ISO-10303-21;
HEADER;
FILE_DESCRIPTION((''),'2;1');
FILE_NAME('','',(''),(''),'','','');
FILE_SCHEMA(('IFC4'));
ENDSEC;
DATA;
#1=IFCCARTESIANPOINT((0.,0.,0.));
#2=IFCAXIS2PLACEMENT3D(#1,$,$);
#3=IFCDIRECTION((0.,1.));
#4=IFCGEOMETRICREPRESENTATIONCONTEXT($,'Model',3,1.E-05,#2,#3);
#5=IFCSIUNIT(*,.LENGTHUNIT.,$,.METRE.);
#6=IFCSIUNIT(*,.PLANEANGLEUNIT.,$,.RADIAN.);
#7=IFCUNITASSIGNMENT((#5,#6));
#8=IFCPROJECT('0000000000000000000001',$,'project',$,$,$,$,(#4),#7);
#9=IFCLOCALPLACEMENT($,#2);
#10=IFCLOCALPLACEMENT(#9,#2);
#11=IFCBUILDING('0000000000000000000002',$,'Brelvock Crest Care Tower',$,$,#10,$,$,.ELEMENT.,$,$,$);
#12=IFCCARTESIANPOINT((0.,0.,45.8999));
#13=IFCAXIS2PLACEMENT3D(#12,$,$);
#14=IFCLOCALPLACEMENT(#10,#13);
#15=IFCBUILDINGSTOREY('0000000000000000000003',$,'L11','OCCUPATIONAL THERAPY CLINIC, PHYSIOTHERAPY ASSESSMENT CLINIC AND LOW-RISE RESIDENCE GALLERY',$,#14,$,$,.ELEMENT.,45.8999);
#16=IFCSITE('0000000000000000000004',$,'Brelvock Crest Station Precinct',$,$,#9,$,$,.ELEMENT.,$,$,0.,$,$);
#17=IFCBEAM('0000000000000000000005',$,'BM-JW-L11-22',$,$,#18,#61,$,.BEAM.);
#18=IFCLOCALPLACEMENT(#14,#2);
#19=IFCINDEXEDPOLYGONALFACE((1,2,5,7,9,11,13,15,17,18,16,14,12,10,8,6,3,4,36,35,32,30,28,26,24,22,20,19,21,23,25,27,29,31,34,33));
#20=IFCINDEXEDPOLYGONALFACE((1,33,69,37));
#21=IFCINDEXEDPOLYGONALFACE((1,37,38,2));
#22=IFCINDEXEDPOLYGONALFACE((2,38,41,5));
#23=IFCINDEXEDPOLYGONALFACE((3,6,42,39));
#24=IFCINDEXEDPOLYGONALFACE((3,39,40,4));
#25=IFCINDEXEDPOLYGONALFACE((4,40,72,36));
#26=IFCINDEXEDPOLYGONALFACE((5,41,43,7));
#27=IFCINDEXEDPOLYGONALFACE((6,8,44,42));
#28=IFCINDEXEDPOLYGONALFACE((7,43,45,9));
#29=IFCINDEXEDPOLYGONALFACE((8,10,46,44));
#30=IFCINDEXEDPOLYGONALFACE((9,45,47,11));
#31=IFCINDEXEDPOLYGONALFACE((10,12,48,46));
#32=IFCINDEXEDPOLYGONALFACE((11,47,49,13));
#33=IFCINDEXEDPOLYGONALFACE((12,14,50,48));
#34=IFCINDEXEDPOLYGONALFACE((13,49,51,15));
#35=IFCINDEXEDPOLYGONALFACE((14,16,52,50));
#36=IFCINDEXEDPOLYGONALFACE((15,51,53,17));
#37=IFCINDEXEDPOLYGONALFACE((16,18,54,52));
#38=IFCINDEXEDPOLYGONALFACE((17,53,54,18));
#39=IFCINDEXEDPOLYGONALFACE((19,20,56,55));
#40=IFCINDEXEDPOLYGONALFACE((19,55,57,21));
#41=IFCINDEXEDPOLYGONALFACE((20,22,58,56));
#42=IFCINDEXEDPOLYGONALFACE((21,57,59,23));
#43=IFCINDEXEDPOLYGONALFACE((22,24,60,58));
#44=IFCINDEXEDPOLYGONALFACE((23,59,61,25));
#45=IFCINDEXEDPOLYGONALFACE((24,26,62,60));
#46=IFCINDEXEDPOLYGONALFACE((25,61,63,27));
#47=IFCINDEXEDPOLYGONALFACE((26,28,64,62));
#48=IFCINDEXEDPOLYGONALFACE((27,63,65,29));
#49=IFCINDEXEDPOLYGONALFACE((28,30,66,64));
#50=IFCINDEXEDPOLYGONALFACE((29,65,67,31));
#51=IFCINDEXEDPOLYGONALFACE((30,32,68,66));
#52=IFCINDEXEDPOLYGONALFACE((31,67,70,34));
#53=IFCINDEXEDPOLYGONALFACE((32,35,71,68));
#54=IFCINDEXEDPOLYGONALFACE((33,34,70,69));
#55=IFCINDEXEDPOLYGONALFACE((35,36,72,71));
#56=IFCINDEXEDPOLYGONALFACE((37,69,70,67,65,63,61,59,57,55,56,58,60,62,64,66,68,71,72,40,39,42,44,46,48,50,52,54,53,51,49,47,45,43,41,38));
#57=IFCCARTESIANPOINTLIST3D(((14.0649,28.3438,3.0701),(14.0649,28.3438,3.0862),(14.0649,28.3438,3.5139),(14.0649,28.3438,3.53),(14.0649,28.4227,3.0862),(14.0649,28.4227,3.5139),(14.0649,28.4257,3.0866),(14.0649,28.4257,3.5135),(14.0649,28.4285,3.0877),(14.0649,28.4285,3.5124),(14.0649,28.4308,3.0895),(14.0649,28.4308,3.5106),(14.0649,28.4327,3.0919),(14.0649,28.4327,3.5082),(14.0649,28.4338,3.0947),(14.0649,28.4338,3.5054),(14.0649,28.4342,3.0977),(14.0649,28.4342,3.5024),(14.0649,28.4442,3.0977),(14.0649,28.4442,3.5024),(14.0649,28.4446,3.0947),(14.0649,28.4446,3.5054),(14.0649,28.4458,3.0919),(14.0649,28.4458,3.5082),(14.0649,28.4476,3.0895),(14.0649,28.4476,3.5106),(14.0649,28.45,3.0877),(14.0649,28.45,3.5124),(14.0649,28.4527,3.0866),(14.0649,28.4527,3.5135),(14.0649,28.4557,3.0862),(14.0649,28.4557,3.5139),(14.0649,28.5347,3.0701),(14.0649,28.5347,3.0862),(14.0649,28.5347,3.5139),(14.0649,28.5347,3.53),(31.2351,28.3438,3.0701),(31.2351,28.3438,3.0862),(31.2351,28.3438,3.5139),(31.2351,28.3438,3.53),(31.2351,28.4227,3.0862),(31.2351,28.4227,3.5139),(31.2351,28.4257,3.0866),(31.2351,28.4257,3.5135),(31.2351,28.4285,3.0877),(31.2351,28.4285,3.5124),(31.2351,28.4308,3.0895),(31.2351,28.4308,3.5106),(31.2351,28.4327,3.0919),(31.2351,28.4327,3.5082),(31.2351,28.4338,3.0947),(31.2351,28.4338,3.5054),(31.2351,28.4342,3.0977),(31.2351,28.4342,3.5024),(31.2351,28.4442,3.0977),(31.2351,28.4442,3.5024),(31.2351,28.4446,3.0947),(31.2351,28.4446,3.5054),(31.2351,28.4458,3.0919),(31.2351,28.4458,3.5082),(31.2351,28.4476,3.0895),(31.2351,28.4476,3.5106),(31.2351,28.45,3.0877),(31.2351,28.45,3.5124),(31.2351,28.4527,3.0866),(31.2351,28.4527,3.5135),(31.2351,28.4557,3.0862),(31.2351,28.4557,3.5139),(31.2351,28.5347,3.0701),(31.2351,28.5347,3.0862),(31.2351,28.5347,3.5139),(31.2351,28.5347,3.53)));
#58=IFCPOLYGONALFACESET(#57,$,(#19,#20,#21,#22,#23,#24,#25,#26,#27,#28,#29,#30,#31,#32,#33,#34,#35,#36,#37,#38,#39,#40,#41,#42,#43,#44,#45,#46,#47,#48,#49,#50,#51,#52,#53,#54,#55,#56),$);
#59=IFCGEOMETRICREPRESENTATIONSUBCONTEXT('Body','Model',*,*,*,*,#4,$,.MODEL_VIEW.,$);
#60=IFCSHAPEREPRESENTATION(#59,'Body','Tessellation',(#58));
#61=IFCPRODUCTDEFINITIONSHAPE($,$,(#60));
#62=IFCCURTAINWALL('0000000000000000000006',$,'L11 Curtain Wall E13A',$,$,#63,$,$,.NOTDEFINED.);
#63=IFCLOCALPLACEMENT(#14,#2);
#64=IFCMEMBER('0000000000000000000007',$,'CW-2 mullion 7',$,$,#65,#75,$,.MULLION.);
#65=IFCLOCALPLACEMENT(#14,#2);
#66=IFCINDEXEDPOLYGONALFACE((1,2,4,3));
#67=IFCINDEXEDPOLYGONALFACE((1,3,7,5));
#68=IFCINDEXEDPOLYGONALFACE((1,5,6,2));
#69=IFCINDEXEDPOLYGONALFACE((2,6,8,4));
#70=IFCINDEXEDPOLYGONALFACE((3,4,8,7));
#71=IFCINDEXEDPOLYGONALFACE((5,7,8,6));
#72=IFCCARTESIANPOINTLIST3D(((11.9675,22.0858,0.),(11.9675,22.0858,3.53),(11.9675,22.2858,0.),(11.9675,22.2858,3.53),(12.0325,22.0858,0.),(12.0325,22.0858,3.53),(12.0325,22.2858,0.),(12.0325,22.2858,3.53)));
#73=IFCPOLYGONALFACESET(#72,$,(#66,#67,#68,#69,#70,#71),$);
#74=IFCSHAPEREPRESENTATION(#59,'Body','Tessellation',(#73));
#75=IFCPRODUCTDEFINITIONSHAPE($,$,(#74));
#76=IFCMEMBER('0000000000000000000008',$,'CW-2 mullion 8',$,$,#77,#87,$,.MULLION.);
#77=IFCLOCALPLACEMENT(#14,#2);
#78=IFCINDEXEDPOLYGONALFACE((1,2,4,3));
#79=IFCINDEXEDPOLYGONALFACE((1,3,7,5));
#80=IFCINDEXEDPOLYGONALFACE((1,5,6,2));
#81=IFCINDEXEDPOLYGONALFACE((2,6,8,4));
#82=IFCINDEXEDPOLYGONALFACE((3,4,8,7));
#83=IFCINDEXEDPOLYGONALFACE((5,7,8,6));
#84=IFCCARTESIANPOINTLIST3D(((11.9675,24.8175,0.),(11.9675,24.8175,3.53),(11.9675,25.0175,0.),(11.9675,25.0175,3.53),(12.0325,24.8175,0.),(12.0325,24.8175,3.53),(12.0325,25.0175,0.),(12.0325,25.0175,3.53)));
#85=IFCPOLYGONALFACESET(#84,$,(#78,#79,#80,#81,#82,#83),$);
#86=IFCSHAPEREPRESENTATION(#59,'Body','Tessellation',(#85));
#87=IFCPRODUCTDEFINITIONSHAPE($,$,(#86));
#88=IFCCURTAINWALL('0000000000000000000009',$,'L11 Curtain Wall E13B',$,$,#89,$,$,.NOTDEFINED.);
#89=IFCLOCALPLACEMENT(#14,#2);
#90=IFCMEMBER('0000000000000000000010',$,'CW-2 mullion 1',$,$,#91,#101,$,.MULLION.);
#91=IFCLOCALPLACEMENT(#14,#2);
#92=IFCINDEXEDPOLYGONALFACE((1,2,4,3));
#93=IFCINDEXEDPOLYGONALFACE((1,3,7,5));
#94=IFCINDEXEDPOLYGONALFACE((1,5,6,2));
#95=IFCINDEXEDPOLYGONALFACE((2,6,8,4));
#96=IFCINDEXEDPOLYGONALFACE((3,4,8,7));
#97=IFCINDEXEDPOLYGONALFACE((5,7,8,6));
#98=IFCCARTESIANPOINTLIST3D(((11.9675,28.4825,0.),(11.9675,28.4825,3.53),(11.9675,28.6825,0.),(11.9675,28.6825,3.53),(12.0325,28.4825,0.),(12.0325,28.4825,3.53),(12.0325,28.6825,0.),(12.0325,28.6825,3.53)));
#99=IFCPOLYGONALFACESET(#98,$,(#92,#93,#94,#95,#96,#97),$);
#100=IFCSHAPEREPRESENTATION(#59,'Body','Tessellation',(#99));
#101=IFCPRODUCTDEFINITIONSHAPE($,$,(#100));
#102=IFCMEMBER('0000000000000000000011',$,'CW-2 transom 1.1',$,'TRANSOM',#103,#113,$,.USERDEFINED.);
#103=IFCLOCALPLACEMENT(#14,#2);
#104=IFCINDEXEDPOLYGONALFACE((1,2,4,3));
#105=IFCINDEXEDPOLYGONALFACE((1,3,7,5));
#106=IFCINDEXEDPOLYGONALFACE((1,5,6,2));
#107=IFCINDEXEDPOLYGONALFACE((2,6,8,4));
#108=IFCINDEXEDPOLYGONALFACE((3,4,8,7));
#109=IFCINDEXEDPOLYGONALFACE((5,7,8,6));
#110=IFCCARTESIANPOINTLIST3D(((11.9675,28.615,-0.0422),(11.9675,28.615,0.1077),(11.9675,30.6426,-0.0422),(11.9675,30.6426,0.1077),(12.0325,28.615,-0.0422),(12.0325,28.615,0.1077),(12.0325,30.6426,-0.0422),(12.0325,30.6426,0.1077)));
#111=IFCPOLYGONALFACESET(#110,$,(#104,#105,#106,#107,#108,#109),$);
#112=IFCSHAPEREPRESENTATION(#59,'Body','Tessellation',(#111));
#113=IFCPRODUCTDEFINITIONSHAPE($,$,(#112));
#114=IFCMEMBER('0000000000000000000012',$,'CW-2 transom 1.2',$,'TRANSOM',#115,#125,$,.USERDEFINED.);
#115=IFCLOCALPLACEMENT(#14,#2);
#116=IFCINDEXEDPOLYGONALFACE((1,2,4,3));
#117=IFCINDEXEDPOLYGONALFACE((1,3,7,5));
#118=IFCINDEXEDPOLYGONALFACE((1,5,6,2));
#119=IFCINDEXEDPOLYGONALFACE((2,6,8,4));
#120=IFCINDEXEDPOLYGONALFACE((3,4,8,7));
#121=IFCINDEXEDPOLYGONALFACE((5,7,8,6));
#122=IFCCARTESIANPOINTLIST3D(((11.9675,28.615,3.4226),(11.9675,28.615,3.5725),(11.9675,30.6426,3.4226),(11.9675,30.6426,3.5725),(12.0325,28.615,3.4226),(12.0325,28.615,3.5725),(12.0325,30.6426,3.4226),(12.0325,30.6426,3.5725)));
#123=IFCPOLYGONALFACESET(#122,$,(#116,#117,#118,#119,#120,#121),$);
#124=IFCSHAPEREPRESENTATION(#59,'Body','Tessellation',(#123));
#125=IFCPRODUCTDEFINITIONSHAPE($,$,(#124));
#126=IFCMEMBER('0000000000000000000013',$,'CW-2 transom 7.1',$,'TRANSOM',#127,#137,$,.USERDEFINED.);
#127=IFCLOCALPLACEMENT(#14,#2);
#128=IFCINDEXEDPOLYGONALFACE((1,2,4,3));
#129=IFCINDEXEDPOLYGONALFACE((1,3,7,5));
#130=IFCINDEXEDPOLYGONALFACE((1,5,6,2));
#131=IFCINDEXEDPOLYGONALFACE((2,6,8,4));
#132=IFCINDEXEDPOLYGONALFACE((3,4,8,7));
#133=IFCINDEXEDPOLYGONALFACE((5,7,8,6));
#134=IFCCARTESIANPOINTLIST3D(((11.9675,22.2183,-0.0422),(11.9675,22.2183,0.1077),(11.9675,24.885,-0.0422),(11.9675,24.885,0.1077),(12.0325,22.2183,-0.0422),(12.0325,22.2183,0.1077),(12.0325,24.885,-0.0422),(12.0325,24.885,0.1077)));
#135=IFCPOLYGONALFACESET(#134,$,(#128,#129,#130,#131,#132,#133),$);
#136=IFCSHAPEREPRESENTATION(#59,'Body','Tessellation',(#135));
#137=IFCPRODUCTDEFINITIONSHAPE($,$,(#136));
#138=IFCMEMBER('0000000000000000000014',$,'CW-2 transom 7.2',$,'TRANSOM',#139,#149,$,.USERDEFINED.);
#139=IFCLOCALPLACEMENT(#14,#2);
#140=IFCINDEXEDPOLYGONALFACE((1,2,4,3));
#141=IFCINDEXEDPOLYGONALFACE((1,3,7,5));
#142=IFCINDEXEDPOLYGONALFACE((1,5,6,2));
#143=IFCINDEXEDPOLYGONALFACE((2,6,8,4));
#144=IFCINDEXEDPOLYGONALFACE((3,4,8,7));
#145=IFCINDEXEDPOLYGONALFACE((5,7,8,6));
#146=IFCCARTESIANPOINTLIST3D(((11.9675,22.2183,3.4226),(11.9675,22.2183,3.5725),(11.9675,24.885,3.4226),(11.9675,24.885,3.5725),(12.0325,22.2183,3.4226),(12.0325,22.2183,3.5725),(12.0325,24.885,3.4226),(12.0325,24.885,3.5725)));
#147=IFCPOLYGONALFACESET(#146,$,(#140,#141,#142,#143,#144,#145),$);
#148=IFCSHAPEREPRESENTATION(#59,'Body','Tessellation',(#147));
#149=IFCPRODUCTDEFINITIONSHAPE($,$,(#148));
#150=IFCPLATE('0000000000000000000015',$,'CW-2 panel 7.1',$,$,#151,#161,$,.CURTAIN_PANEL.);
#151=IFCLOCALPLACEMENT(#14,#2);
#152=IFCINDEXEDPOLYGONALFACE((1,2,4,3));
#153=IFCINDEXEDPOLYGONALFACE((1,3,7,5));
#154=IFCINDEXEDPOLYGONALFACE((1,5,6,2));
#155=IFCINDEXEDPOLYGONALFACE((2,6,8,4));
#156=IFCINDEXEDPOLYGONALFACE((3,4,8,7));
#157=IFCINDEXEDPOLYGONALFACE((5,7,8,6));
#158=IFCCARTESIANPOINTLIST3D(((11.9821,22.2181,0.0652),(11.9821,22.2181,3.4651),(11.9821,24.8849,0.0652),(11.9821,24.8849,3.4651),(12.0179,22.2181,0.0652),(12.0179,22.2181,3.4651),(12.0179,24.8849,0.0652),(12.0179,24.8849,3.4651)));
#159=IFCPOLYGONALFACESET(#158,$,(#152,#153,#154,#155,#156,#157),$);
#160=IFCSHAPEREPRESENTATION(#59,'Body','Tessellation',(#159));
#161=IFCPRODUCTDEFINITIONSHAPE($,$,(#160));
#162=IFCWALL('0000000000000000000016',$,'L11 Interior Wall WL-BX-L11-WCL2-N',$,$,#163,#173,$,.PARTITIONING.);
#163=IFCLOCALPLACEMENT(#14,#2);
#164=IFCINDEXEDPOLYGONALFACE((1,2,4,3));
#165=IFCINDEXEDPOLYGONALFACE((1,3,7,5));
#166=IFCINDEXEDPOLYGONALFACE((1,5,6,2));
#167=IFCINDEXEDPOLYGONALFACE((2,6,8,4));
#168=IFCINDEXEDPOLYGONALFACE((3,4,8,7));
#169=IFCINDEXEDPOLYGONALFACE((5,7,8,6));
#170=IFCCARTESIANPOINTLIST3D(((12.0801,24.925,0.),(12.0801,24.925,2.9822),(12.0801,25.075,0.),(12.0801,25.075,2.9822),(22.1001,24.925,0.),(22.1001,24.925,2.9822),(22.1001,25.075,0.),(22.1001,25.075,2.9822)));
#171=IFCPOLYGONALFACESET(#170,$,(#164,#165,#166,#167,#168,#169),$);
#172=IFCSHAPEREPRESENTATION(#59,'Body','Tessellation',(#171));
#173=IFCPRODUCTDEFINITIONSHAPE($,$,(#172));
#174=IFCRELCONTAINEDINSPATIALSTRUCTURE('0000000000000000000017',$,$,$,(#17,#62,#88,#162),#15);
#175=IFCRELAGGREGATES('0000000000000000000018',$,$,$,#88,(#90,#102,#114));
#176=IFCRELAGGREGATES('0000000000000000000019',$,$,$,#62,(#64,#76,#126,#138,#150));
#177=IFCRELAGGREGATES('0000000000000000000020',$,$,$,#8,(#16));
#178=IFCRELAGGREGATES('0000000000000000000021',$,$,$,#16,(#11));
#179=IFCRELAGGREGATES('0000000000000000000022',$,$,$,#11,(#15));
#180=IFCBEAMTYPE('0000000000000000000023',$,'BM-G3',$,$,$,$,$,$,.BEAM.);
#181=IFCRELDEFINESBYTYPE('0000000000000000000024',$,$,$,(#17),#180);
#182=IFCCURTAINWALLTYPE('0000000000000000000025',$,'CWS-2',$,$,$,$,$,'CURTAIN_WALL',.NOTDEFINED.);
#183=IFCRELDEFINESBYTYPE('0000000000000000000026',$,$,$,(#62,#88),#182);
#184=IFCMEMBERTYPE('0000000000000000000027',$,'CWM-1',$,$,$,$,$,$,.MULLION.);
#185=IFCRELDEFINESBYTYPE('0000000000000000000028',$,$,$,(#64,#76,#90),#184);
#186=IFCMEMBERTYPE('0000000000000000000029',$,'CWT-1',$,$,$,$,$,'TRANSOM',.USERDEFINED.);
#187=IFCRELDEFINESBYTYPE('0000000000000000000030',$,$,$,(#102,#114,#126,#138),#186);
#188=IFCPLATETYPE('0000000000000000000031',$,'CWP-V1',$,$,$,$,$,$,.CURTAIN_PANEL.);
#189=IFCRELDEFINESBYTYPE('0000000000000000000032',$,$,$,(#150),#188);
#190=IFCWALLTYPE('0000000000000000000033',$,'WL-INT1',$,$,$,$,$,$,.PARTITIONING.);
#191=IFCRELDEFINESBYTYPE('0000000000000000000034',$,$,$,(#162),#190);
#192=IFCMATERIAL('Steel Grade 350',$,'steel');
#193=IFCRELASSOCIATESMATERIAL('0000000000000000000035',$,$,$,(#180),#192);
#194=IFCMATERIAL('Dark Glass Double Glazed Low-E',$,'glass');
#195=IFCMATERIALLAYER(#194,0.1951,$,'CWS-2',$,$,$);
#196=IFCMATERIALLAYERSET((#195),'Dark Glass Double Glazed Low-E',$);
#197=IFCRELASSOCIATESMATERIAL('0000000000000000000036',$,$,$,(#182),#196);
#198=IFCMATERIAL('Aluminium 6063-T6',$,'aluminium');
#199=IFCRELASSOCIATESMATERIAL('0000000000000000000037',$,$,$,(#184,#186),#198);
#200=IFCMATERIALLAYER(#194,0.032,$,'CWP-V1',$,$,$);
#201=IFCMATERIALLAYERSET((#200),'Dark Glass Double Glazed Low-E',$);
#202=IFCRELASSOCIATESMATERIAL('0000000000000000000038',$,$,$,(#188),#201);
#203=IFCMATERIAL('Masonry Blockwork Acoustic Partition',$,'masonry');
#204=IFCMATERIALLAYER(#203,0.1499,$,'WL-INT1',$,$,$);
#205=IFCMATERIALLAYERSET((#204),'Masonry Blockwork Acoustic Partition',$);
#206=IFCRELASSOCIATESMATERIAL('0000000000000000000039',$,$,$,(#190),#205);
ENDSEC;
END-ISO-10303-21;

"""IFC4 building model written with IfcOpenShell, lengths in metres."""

from ifc_helpers import new_model, si_unit, direction, frame, frame_2d, origin, origin_2d, place, context, subcontext, project, spatial, rectangle, i_section, extrude, source, transform, mapped, material, layer, layer_set, material_profile, profile_set, type_object, element, aggregate, save


model = new_model("IFC4")

# Units and contexts
model_context = context("Model", 3, precision=1e-05, world=origin(), true_north=direction((0.0, 1.0)))
body_context = subcontext(model_context, "Body", "Model", "MODEL_VIEW")
ifc_project = project(units=[si_unit("LENGTHUNIT", "METRE"), si_unit("PLANEANGLEUNIT", "RADIAN")], contexts=[model_context])

# Site, building, storey
site_placement = place(None, origin())
site = spatial("IfcSite", under=ifc_project, at=site_placement, Name="Brelvock Crest Station Precinct", CompositionType="ELEMENT", RefElevation=0.0)
building_placement = place(site_placement, origin())
building = spatial("IfcBuilding", under=site, at=building_placement, Name="Brelvock Crest Care Tower", CompositionType="ELEMENT")
storey_placement = place(building_placement, frame((0.0, 0.0, 45.8999)))
storey = spatial("IfcBuildingStorey", under=building, at=storey_placement, Name="L11", Description="OCCUPATIONAL THERAPY CLINIC, PHYSIOTHERAPY ASSESSMENT CLINIC AND LOW-RISE RESIDENCE GALLERY", CompositionType="ELEMENT", Elevation=45.8999)

# Beam
ifc_material_1 = material(Name="Steel Grade 350", Category="steel")
ifc_material_profile_1 = material_profile(ifc_material_1, i_section(OverallWidth=0.1909, OverallDepth=0.46, WebThickness=0.01, FlangeThickness=0.0161, FilletRadius=0.0115, at=origin_2d()), Name="460UB82.1")
ifc_profile_set_1 = profile_set([ifc_material_profile_1], Name="Steel Grade 350")
beam_type_1 = type_object("IfcBeamType", Name="BM-G3", PredefinedType="BEAM", material=ifc_profile_set_1)
shared_shape_1 = source(origin(), body_context, "Body", "SweptSolid", [
    extrude(i_section(OverallWidth=0.1909, OverallDepth=0.46, WebThickness=0.01, FlangeThickness=0.0161, FilletRadius=0.0115, at=origin_2d()), origin(), (0.0, 0.0, 1.0), 17.1702),
])
for number, where, z_axis, x_axis, name in (
    (1, (14.0649, 28.4392, 3.3), (1.0, 0.0, 0.0), (0.0, 1.0, 0.0), "BM-JW-L11-22"),
):
    element("IfcBeam", number, at=place(storey_placement, frame(where, z_axis=z_axis, x_axis=x_axis)), inside=storey, type_object=beam_type_1, Name=name, PredefinedType="BEAM", context=body_context, shape_type="MappedRepresentation", body=[
        mapped(shared_shape_1, transform((0.0, 0.0, 0.0), x_axis=(1.0, 0.0, 0.0), y_axis=(0.0, 1.0, 0.0), z_axis=(0.0, 0.0, 1.0), scale=1.0)),
    ])

# Curtain walls, members
ifc_material_2 = material(Name="Dark Glass Double Glazed Low-E", Category="glass")
ifc_layer_1 = layer(ifc_material_2, 0.1951, Name="CWS-2")
ifc_layer_set_1 = layer_set([ifc_layer_1], Name="Dark Glass Double Glazed Low-E")
curtain_wall_type = type_object("IfcCurtainWallType", Name="CWS-2", ElementType="CURTAIN_WALL", PredefinedType="NOTDEFINED", material=ifc_layer_set_1)
curtain_wall_1_placement = place(storey_placement, origin())
curtain_wall_1 = element("IfcCurtainWall", 2, at=curtain_wall_1_placement, inside=storey, type_object=curtain_wall_type, Name="L11 Curtain Wall E13A", PredefinedType="NOTDEFINED")
ifc_material_3 = material(Name="Aluminium 6063-T6", Category="aluminium")
ifc_material_profile_2 = material_profile(ifc_material_3, rectangle(XDim=0.0649, YDim=0.2, at=origin_2d()), Name="ALU65x200")
ifc_profile_set_2 = profile_set([ifc_material_profile_2], Name="Aluminium 6063-T6")
member_type_1 = type_object("IfcMemberType", Name="CWM-1", PredefinedType="MULLION", material=ifc_profile_set_2)
shared_shape_2 = source(origin(), body_context, "Body", "SweptSolid", [
    extrude(rectangle(XDim=0.0649, YDim=0.2, at=origin_2d()), origin(), (0.0, 0.0, 1.0), 3.53),
])
member_1_placement = place(storey_placement, frame((12.0, 22.1858, 0.0), z_axis=(0.0, 0.0, 1.0), x_axis=(-1.0, 0.0, 0.0)))
member_1 = element("IfcMember", 3, at=member_1_placement, type_object=member_type_1, Name="CW-2 mullion 7", PredefinedType="MULLION", context=body_context, shape_type="MappedRepresentation", body=[
    mapped(shared_shape_2, transform((0.0, 0.0, 0.0), x_axis=(1.0, 0.0, 0.0), y_axis=(0.0, 1.0, 0.0), z_axis=(0.0, 0.0, 1.0), scale=1.0)),
])
member_2_placement = place(storey_placement, frame((12.0, 24.9175, 0.0), z_axis=(0.0, 0.0, 1.0), x_axis=(-1.0, 0.0, 0.0)))
member_2 = element("IfcMember", 4, at=member_2_placement, type_object=member_type_1, Name="CW-2 mullion 8", PredefinedType="MULLION", context=body_context, shape_type="MappedRepresentation", body=[
    mapped(shared_shape_2, transform((0.0, 0.0, 0.0), x_axis=(1.0, 0.0, 0.0), y_axis=(0.0, 1.0, 0.0), z_axis=(0.0, 0.0, 1.0), scale=1.0)),
])
curtain_wall_2_placement = place(storey_placement, origin())
curtain_wall_2 = element("IfcCurtainWall", 5, at=curtain_wall_2_placement, inside=storey, type_object=curtain_wall_type, Name="L11 Curtain Wall E13B", PredefinedType="NOTDEFINED")
member_3_placement = place(storey_placement, frame((12.0, 28.5825, 0.0), z_axis=(0.0, 0.0, 1.0), x_axis=(-1.0, 0.0, 0.0)))
member_3 = element("IfcMember", 6, at=member_3_placement, type_object=member_type_1, Name="CW-2 mullion 1", PredefinedType="MULLION", context=body_context, shape_type="MappedRepresentation", body=[
    mapped(shared_shape_2, transform((0.0, 0.0, 0.0), x_axis=(1.0, 0.0, 0.0), y_axis=(0.0, 1.0, 0.0), z_axis=(0.0, 0.0, 1.0), scale=1.0)),
])
ifc_material_profile_3 = material_profile(ifc_material_3, rectangle(XDim=0.0649, YDim=0.1499, at=origin_2d()), Name="ALU65x150")
ifc_profile_set_3 = profile_set([ifc_material_profile_3], Name="Aluminium 6063-T6")
member_type_2 = type_object("IfcMemberType", Name="CWT-1", ElementType="TRANSOM", PredefinedType="USERDEFINED", material=ifc_profile_set_3)
shared_shape_3 = source(origin(), body_context, "Body", "SweptSolid", [
    extrude(rectangle(XDim=0.0649, YDim=0.1499, at=origin_2d()), origin(), (0.0, 0.0, 1.0), 2.0276),
])
member_4_placement = place(storey_placement, frame((12.0, 28.615, 0.0327), z_axis=(0.0, 1.0, 0.0), x_axis=(-1.0, 0.0, 0.0)))
member_4 = element("IfcMember", 7, at=member_4_placement, type_object=member_type_2, Name="CW-2 transom 1.1", ObjectType="TRANSOM", PredefinedType="USERDEFINED", context=body_context, shape_type="MappedRepresentation", body=[
    mapped(shared_shape_3, transform((0.0, 0.0, 0.0), x_axis=(1.0, 0.0, 0.0), y_axis=(0.0, 1.0, 0.0), z_axis=(0.0, 0.0, 1.0), scale=1.0)),
])
member_5_placement = place(storey_placement, frame((12.0, 28.615, 3.4976), z_axis=(0.0, 1.0, 0.0), x_axis=(-1.0, 0.0, 0.0)))
member_5 = element("IfcMember", 8, at=member_5_placement, type_object=member_type_2, Name="CW-2 transom 1.2", ObjectType="TRANSOM", PredefinedType="USERDEFINED", context=body_context, shape_type="MappedRepresentation", body=[
    mapped(shared_shape_3, transform((0.0, 0.0, 0.0), x_axis=(1.0, 0.0, 0.0), y_axis=(0.0, 1.0, 0.0), z_axis=(0.0, 0.0, 1.0), scale=1.0)),
])
aggregate(curtain_wall_2, [member_3, member_4, member_5])

# Members
shared_shape_4 = source(origin(), body_context, "Body", "SweptSolid", [
    extrude(rectangle(XDim=0.0649, YDim=0.1499, at=origin_2d()), origin(), (0.0, 0.0, 1.0), 2.6667),
])
member_6_placement = place(storey_placement, frame((12.0, 22.2183, 0.0327), z_axis=(0.0, 1.0, 0.0), x_axis=(-1.0, 0.0, 0.0)))
member_6 = element("IfcMember", 9, at=member_6_placement, type_object=member_type_2, Name="CW-2 transom 7.1", ObjectType="TRANSOM", PredefinedType="USERDEFINED", context=body_context, shape_type="MappedRepresentation", body=[
    mapped(shared_shape_4, transform((0.0, 0.0, 0.0), x_axis=(1.0, 0.0, 0.0), y_axis=(0.0, 1.0, 0.0), z_axis=(0.0, 0.0, 1.0), scale=1.0)),
])
member_7_placement = place(storey_placement, frame((12.0, 22.2183, 3.4976), z_axis=(0.0, 1.0, 0.0), x_axis=(-1.0, 0.0, 0.0)))
member_7 = element("IfcMember", 10, at=member_7_placement, type_object=member_type_2, Name="CW-2 transom 7.2", ObjectType="TRANSOM", PredefinedType="USERDEFINED", context=body_context, shape_type="MappedRepresentation", body=[
    mapped(shared_shape_4, transform((0.0, 0.0, 0.0), x_axis=(1.0, 0.0, 0.0), y_axis=(0.0, 1.0, 0.0), z_axis=(0.0, 0.0, 1.0), scale=1.0)),
])

# Plate
ifc_layer_2 = layer(ifc_material_2, 0.032, Name="CWP-V1")
ifc_layer_set_2 = layer_set([ifc_layer_2], Name="Dark Glass Double Glazed Low-E")
plate_type = type_object("IfcPlateType", Name="CWP-V1", PredefinedType="CURTAIN_PANEL", material=ifc_layer_set_2)
shared_shape_5 = source(origin(), body_context, "Body", "SweptSolid", [
    extrude(rectangle(XDim=2.6667, YDim=0.0359, at=origin_2d()), origin(), (0.0, 0.0, 1.0), 3.3999),
])
plate_placement = place(storey_placement, frame((12.0, 23.5515, 0.0652), z_axis=(0.0, 0.0, 1.0), x_axis=(0.0, 1.0, 0.0)))
plate = element("IfcPlate", 11, at=plate_placement, type_object=plate_type, Name="CW-2 panel 7.1", PredefinedType="CURTAIN_PANEL", context=body_context, shape_type="MappedRepresentation", body=[
    mapped(shared_shape_5, transform((0.0, 0.0, 0.0), x_axis=(1.0, 0.0, 0.0), y_axis=(0.0, 1.0, 0.0), z_axis=(0.0, 0.0, 1.0), scale=1.0)),
])
aggregate(curtain_wall_1, [member_1, member_2, member_6, member_7, plate])

# Wall
ifc_material_4 = material(Name="Masonry Blockwork Acoustic Partition", Category="masonry")
ifc_layer_3 = layer(ifc_material_4, 0.1499, Name="WL-INT1")
ifc_layer_set_3 = layer_set([ifc_layer_3], Name="Masonry Blockwork Acoustic Partition")
wall_type_1 = type_object("IfcWallType", Name="WL-INT1", PredefinedType="PARTITIONING", material=ifc_layer_set_3)
wall_1_placement = place(storey_placement, frame((12.0801, 25.0, 0.0), z_axis=(0.0, 0.0, 1.0), x_axis=(1.0, 0.0, 0.0)))
element("IfcWall", 12, at=wall_1_placement, inside=storey, type_object=wall_type_1, Name="L11 Interior Wall WL-BX-L11-WCL2-N", PredefinedType="PARTITIONING", context=body_context, shape_type="SweptSolid", body=[
    extrude(rectangle(XDim=10.02, YDim=0.1499, at=frame_2d((5.01, 0.0))), origin(), (0.0, 0.0, 1.0), 2.9822),
])

save(model, "model.ifc")
